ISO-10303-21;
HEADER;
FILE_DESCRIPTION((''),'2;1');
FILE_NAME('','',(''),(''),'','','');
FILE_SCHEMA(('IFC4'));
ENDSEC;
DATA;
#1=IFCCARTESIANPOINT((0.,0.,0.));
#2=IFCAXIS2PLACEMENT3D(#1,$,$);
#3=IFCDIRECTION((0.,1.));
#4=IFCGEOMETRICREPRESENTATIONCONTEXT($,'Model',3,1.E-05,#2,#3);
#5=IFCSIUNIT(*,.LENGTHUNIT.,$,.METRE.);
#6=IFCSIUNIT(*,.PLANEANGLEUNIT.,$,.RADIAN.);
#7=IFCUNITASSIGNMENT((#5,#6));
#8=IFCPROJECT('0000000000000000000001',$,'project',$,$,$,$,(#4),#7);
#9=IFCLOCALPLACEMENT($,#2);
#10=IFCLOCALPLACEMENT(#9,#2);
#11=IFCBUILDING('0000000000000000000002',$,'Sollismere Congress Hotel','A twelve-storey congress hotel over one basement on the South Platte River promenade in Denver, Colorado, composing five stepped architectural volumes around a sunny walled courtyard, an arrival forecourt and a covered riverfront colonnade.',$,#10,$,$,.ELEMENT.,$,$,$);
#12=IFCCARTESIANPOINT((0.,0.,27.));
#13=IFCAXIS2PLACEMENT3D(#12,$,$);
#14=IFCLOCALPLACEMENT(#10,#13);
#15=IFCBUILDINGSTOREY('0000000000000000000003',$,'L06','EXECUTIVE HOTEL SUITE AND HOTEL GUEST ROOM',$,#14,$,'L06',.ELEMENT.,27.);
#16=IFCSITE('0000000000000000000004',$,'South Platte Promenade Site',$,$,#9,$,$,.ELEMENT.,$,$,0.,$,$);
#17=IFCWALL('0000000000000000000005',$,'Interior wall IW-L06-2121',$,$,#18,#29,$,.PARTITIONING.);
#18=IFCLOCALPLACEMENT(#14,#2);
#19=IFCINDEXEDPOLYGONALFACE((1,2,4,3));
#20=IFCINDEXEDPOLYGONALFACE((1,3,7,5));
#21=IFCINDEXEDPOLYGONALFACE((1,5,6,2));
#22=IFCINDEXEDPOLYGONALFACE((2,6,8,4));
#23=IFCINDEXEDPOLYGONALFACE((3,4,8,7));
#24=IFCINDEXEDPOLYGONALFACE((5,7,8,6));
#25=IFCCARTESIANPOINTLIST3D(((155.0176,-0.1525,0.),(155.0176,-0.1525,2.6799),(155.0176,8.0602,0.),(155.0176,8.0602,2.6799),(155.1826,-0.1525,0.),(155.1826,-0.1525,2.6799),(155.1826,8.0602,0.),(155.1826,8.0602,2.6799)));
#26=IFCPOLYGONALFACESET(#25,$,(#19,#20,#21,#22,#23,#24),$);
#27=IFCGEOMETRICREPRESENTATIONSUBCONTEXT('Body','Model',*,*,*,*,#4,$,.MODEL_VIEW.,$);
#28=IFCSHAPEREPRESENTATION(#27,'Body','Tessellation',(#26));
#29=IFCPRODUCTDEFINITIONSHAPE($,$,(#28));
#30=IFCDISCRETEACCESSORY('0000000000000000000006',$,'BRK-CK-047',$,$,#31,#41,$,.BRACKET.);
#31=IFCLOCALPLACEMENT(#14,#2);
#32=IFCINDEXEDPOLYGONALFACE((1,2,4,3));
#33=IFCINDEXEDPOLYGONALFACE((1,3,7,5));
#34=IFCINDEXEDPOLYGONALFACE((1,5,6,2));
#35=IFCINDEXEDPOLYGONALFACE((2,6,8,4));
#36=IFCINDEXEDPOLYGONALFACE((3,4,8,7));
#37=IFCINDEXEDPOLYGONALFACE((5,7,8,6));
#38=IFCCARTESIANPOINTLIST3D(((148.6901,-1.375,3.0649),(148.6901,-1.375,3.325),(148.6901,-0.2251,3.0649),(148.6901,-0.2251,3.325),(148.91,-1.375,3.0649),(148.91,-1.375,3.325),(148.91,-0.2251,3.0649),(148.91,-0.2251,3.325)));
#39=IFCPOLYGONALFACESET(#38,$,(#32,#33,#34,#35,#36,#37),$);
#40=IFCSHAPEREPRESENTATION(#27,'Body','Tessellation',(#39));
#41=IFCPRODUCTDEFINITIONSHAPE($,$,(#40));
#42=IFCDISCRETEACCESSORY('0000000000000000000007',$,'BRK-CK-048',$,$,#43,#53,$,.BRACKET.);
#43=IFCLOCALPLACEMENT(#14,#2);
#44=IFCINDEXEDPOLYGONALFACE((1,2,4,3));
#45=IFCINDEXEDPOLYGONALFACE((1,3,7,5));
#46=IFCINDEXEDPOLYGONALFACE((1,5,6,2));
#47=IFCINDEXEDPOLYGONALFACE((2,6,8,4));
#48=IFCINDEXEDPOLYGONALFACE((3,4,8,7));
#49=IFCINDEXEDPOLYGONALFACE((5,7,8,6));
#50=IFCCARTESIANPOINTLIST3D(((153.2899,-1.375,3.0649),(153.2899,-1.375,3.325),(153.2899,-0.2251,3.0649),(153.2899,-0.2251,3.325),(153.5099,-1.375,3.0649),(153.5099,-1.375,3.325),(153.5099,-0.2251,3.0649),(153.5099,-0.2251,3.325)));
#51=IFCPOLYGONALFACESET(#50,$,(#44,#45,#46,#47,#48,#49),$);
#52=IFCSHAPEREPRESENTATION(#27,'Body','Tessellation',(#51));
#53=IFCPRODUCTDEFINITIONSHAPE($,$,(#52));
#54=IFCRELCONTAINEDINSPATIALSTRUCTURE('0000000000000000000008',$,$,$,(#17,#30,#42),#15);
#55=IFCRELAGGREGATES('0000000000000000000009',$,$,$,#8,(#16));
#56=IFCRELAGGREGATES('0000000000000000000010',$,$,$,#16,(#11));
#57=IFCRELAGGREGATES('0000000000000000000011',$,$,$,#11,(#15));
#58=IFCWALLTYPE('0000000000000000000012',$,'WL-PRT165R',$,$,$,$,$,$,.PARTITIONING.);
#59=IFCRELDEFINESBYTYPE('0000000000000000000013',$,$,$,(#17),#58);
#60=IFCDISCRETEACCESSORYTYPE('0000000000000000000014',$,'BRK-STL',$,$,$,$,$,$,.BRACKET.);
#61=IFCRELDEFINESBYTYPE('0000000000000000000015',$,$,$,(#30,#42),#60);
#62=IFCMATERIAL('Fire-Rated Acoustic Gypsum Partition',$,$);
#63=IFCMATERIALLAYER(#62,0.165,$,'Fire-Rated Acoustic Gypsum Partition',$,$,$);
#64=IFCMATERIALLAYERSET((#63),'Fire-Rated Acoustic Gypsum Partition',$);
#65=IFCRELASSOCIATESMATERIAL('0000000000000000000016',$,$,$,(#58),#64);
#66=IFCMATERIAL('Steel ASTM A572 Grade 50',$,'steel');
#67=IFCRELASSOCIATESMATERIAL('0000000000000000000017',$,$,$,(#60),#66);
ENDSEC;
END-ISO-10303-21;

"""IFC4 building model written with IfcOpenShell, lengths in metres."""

from ifc_helpers import new_model, si_unit, direction, frame, frame_2d, origin, origin_2d, place, context, subcontext, project, spatial, rectangle, extrude, material, layer, layer_set, type_object, element, save


model = new_model("IFC4")

# Units and contexts
model_context = context("Model", 3, precision=1e-05, world=origin(), true_north=direction((0.0, 1.0)))
body_context = subcontext(model_context, "Body", "Model", "MODEL_VIEW")
ifc_project = project(units=[si_unit("LENGTHUNIT", "METRE"), si_unit("PLANEANGLEUNIT", "RADIAN")], contexts=[model_context])

# Site, building, storey
site_placement = place(None, origin())
site = spatial("IfcSite", under=ifc_project, at=site_placement, Name="South Platte Promenade Site", CompositionType="ELEMENT", RefElevation=0.0)
building_placement = place(site_placement, origin())
building = spatial("IfcBuilding", under=site, at=building_placement, Name="Sollismere Congress Hotel", Description="A twelve-storey congress hotel over one basement on the South Platte River promenade in Denver, Colorado, composing five stepped architectural volumes around a sunny walled courtyard, an arrival forecourt and a covered riverfront colonnade.", CompositionType="ELEMENT")
storey_placement = place(building_placement, frame((0.0, 0.0, 27.0)))
storey = spatial("IfcBuildingStorey", under=building, at=storey_placement, Name="L06", Description="EXECUTIVE HOTEL SUITE AND HOTEL GUEST ROOM", LongName="L06", CompositionType="ELEMENT", Elevation=27.0)

# Wall
ifc_material_1 = material(Name="Fire-Rated Acoustic Gypsum Partition")
ifc_layer_1 = layer(ifc_material_1, 0.165, Name="Fire-Rated Acoustic Gypsum Partition")
ifc_layer_set_1 = layer_set([ifc_layer_1], Name="Fire-Rated Acoustic Gypsum Partition")
wall_type_1 = type_object("IfcWallType", Name="WL-PRT165R", PredefinedType="PARTITIONING", material=ifc_layer_set_1)
wall_1_placement = place(storey_placement, frame((155.1001, -0.1526, 0.0), z_axis=(0.0, 0.0, 1.0), x_axis=(0.0, 1.0, 0.0)))
element("IfcWall", 1, at=wall_1_placement, inside=storey, type_object=wall_type_1, Name="Interior wall IW-L06-2121", PredefinedType="PARTITIONING", context=body_context, shape_type="SweptSolid", body=[
    extrude(rectangle(XDim=8.2126, YDim=0.165, at=frame_2d((4.1064, 0.0))), origin(), (0.0, 0.0, 1.0), 2.6799),
])

# Discrete accessories
ifc_material_2 = material(Name="Steel ASTM A572 Grade 50", Category="steel")
discrete_accessory_type = type_object("IfcDiscreteAccessoryType", Name="BRK-STL", PredefinedType="BRACKET", material=ifc_material_2)
for number, where, z_axis, x_axis, name in (
    (2, (148.8, -0.8, 3.0649), (0.0, 0.0, 1.0), (1.0, 0.0, 0.0), "BRK-CK-047"),
    (3, (153.3999, -0.8, 3.0649), (0.0, 0.0, 1.0), (1.0, 0.0, 0.0), "BRK-CK-048"),
):
    element("IfcDiscreteAccessory", number, at=place(storey_placement, frame(where, z_axis=z_axis, x_axis=x_axis)), inside=storey, type_object=discrete_accessory_type, Name=name, PredefinedType="BRACKET", context=body_context, shape_type="SweptSolid", body=[
        extrude(rectangle(XDim=0.22, YDim=1.1499, at=origin_2d()), origin(), (0.0, 0.0, 1.0), 0.26),
    ])

save(model, "model.ifc")
